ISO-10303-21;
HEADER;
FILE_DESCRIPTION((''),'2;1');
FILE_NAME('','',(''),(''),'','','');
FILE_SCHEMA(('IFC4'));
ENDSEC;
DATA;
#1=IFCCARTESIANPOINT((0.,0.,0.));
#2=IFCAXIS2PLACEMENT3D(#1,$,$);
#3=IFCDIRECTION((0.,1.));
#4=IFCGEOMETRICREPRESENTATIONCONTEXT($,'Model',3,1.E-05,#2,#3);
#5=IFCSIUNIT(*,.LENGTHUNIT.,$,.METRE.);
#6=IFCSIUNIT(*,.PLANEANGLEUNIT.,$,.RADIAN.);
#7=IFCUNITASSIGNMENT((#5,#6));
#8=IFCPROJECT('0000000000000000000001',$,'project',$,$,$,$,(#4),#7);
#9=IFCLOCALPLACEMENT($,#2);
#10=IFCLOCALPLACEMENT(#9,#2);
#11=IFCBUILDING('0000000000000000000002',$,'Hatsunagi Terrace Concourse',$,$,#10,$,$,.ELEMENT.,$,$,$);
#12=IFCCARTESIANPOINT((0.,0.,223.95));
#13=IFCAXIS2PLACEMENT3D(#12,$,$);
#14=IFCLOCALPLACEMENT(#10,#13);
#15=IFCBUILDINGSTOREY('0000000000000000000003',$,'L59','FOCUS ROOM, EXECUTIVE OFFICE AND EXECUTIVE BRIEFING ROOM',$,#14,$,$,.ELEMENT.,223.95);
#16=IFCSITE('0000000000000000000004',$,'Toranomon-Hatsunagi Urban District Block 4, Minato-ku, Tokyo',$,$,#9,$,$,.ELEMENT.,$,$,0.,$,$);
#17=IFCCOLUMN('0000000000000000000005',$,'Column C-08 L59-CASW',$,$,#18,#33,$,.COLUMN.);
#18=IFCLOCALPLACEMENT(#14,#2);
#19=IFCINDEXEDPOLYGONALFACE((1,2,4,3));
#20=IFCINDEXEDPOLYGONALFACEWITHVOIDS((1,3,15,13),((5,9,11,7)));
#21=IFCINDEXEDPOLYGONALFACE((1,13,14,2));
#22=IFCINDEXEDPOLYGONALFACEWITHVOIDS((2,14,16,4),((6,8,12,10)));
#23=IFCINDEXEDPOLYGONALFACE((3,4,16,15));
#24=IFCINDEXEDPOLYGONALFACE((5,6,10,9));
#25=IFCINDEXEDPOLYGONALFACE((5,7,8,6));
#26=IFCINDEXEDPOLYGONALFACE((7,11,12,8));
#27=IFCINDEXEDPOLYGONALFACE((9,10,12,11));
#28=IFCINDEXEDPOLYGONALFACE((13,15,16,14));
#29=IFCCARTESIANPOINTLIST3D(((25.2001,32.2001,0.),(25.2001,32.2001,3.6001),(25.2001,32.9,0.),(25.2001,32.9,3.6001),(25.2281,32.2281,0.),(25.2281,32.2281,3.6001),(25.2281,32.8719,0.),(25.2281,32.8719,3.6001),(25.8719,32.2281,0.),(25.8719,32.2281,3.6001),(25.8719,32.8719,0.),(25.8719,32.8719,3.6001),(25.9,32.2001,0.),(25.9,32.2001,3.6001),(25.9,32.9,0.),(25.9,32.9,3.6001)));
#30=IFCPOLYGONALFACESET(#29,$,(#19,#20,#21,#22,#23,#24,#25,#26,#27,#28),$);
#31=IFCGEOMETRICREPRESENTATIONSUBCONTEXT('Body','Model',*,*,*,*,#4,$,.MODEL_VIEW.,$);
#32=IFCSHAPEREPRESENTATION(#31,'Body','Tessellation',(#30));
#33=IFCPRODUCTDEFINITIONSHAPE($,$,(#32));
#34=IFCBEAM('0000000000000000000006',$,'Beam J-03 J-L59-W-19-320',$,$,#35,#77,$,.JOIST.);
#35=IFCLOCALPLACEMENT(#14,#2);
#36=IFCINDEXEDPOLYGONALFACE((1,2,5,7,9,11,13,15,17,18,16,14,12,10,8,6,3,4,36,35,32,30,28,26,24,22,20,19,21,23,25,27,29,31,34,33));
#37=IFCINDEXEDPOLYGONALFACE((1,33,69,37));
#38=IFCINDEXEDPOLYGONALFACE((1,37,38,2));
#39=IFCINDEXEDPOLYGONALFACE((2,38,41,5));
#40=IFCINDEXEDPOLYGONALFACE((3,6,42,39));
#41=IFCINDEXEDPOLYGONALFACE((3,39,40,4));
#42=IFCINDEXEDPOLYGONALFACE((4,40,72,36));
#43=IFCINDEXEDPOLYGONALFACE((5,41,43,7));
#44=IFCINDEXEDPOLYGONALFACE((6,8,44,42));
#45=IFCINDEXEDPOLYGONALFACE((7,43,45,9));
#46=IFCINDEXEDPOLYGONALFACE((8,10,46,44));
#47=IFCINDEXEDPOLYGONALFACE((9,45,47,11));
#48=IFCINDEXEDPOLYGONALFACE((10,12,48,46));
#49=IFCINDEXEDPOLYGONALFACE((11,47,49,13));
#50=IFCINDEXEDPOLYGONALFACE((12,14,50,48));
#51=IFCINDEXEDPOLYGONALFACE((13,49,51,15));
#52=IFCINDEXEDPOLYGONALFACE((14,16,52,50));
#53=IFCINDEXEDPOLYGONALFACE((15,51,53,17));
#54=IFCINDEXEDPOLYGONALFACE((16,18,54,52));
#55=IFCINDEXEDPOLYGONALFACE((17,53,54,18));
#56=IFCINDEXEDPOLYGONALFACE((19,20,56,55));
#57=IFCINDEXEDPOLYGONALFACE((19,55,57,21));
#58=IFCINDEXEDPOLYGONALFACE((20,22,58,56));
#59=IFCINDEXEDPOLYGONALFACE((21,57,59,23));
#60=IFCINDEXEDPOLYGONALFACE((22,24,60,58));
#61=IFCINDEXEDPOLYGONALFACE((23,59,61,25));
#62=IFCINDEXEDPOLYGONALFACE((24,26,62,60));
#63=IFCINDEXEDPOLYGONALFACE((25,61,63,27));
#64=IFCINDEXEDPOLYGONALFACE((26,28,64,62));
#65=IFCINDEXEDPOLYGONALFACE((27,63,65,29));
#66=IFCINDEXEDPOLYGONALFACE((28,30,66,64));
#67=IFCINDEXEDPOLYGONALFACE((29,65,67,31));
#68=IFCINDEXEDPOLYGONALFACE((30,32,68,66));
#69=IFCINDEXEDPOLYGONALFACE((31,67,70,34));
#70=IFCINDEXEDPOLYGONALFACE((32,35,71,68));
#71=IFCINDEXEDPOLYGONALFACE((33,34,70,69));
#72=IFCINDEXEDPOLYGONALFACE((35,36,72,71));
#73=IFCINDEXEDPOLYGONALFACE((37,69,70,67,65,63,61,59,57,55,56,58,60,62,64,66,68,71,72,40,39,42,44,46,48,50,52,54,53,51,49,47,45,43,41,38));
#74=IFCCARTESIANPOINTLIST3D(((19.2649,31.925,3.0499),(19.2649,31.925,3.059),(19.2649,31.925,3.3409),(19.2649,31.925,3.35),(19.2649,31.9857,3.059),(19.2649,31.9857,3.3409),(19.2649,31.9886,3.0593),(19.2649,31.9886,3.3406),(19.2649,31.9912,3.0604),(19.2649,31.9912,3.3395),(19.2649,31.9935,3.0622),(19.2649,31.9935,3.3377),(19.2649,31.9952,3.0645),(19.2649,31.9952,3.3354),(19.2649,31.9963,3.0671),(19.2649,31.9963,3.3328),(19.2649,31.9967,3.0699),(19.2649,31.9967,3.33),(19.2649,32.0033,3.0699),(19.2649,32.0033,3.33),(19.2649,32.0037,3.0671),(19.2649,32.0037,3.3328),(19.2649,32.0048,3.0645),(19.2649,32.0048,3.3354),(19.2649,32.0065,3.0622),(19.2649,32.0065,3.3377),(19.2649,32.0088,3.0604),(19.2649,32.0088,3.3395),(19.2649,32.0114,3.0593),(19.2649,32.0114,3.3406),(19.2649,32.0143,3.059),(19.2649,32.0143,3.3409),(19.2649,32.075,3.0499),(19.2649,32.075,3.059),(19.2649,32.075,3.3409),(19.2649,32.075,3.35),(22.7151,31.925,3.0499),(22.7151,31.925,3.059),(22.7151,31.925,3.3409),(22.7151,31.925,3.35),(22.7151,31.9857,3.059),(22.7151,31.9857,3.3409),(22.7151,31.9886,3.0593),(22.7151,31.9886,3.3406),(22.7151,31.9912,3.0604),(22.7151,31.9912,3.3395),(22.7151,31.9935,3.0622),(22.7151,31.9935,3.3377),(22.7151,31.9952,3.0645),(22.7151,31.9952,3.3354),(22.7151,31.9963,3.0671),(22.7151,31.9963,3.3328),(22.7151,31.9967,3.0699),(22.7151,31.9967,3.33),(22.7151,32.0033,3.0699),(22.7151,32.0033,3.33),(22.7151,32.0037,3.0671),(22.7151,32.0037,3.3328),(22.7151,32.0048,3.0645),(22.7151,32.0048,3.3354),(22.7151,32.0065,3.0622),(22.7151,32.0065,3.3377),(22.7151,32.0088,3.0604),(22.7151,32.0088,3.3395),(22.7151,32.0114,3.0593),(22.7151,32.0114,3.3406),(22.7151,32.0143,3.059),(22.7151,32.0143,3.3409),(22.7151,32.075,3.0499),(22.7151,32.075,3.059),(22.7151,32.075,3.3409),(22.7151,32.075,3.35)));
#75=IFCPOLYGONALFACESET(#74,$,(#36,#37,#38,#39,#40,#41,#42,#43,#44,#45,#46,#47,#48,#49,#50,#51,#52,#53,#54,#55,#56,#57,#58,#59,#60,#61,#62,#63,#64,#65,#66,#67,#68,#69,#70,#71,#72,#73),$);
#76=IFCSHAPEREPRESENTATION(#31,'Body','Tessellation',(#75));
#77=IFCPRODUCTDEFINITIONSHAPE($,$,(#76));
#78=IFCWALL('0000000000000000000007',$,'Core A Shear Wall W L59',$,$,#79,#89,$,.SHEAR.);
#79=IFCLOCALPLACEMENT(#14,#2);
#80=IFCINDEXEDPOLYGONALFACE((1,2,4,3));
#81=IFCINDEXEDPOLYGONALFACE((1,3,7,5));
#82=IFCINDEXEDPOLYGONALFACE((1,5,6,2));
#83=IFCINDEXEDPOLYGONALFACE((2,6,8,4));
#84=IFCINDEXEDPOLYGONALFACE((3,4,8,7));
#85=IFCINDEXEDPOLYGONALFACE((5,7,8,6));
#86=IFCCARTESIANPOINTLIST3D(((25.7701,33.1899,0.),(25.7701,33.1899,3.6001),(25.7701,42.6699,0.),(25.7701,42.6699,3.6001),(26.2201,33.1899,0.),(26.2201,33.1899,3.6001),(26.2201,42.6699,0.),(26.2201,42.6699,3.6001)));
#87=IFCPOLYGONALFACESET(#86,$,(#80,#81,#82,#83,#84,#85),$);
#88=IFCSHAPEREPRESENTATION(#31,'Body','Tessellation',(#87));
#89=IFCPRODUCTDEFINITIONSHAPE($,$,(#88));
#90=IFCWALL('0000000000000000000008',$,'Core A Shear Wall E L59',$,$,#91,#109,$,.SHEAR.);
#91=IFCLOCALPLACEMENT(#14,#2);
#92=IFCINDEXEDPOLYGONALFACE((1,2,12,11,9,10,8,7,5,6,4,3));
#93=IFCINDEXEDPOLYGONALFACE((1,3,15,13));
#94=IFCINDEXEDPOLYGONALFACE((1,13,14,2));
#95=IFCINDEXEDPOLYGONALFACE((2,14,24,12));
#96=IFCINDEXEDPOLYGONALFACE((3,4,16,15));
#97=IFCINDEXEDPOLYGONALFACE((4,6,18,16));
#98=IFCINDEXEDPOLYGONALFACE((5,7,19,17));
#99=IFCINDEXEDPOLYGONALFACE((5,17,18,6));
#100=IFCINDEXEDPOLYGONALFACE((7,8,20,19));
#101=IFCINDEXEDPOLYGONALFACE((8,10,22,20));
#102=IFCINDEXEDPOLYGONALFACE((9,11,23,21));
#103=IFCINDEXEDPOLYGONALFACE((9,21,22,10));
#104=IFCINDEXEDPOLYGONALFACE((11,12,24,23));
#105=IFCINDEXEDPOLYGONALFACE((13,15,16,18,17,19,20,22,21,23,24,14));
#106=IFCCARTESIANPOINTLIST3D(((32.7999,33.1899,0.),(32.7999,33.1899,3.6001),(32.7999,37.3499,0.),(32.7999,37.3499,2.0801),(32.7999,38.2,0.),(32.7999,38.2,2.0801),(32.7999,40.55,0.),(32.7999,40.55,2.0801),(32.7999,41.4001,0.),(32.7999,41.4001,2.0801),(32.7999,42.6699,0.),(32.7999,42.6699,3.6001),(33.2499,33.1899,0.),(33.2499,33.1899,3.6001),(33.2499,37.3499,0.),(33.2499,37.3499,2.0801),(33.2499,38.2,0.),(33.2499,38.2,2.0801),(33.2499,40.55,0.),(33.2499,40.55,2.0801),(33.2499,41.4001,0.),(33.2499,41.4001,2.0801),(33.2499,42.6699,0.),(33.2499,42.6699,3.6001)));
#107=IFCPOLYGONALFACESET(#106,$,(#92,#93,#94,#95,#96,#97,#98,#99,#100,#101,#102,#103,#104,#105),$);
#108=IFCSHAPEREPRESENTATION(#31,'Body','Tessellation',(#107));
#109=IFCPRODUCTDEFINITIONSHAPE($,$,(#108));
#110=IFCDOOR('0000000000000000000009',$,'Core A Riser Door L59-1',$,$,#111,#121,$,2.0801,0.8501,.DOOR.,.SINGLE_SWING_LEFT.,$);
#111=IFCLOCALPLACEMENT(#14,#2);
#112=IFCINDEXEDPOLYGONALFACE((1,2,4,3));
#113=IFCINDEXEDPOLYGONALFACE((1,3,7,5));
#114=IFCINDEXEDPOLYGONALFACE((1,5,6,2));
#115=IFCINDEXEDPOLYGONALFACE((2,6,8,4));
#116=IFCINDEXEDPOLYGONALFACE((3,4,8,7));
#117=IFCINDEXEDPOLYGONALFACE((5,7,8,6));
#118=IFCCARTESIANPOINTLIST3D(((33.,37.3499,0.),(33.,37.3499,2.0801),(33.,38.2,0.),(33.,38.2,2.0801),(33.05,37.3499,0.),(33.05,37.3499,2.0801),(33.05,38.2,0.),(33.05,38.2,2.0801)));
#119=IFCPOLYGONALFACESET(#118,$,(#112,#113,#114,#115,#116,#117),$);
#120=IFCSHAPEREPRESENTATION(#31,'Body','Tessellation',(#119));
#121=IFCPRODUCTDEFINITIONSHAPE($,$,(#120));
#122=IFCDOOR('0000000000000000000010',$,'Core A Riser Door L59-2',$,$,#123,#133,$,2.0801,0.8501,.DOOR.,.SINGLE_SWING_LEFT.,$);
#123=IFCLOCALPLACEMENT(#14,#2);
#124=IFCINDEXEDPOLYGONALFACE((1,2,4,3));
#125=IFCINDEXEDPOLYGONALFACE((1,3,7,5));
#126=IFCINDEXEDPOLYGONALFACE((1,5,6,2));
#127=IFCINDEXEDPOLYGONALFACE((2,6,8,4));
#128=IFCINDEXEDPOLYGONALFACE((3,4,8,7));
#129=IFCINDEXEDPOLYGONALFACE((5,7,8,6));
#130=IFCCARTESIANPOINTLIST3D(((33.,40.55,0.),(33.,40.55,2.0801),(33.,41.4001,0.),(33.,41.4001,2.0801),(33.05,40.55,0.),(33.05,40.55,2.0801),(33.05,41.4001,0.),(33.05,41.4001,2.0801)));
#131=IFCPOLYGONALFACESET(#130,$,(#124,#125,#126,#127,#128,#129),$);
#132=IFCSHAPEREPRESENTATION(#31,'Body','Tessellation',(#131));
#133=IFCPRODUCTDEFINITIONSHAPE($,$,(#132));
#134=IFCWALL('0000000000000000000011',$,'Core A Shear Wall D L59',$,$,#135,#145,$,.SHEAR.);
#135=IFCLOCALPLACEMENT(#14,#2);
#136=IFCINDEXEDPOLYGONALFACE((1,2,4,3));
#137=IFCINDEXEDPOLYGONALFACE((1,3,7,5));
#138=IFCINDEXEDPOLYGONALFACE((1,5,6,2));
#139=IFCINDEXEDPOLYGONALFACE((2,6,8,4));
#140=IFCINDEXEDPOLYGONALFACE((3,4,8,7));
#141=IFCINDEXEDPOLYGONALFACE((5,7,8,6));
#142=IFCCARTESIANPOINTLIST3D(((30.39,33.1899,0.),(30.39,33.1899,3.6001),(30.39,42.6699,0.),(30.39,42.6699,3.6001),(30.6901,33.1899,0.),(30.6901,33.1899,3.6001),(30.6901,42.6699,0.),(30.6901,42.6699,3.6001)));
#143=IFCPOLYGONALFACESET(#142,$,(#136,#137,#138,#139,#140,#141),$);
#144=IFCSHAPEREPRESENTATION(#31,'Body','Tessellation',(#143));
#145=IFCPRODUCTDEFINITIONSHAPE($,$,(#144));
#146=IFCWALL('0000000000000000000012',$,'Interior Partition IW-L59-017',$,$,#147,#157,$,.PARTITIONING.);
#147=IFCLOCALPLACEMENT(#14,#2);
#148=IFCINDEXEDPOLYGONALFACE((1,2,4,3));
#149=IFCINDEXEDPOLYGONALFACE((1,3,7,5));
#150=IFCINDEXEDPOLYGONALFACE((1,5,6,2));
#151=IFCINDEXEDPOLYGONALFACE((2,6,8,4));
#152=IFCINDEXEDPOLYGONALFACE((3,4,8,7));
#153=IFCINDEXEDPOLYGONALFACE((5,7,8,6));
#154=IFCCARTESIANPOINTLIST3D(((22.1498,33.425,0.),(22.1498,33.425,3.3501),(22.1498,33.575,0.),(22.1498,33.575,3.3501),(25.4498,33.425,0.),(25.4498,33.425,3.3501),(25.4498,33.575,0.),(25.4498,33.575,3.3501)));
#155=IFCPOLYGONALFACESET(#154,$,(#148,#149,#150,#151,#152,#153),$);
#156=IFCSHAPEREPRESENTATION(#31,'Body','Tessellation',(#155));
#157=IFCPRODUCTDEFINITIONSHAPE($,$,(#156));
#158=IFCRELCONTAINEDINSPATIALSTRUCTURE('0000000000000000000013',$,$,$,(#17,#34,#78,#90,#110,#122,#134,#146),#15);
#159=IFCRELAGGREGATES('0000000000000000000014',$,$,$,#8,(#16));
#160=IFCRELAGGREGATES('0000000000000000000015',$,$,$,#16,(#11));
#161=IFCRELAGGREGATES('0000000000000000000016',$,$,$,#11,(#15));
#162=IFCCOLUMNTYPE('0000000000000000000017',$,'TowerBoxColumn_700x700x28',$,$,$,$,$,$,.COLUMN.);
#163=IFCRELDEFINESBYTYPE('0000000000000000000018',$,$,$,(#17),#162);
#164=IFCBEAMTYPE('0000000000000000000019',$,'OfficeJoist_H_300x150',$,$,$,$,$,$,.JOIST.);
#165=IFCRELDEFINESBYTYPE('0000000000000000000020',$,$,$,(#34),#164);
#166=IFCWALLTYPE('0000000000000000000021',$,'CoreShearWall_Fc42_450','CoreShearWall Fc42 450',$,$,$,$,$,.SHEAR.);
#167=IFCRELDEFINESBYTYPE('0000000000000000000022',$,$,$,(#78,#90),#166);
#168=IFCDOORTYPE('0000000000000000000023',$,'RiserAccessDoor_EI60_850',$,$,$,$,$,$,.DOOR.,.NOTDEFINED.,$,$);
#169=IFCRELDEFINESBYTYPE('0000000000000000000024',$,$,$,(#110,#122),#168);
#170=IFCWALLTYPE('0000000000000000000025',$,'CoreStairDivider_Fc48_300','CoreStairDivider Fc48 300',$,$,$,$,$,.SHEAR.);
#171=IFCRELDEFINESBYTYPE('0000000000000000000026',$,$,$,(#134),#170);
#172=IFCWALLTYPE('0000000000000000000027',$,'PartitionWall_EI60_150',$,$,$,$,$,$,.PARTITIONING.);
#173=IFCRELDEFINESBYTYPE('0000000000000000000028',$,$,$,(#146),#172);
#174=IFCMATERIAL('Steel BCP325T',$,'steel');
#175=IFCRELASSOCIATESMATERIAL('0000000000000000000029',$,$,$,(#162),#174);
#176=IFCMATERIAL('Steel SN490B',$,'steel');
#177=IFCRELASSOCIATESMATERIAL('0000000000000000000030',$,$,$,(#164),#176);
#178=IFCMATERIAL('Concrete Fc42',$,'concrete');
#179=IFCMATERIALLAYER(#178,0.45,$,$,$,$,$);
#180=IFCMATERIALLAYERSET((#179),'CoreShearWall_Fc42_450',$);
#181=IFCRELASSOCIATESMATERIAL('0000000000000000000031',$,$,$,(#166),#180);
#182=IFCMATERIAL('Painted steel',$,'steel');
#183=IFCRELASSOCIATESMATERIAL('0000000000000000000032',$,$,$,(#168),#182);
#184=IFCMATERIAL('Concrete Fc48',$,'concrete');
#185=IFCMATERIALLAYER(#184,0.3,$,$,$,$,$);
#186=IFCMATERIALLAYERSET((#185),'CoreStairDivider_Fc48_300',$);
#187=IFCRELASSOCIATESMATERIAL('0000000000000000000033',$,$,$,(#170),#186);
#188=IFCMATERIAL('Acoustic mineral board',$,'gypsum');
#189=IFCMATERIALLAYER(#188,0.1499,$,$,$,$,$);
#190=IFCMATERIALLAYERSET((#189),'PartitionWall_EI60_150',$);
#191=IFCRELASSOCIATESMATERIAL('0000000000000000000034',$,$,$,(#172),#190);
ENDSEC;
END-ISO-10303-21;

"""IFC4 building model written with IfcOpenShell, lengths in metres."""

from ifc_helpers import new_model, si_unit, direction, frame, frame_2d, origin, origin_2d, place, context, subcontext, project, spatial, rectangle, hollow_rectangle, i_section, extrude, material, layer, layer_set, material_profile, profile_set, type_object, element, fill, save


model = new_model("IFC4")

# Units and contexts
model_context = context("Model", 3, precision=1e-05, world=origin(), true_north=direction((0.0, 1.0)))
body_context = subcontext(model_context, "Body", "Model", "MODEL_VIEW")
ifc_project = project(units=[si_unit("LENGTHUNIT", "METRE"), si_unit("PLANEANGLEUNIT", "RADIAN")], contexts=[model_context])

# Site, building, storey
site_placement = place(None, origin())
site = spatial("IfcSite", under=ifc_project, at=site_placement, Name="Toranomon-Hatsunagi Urban District Block 4, Minato-ku, Tokyo", CompositionType="ELEMENT", RefElevation=0.0)
building_placement = place(site_placement, origin())
building = spatial("IfcBuilding", under=site, at=building_placement, Name="Hatsunagi Terrace Concourse", CompositionType="ELEMENT")
storey_placement = place(building_placement, frame((0.0, 0.0, 223.95)))
storey = spatial("IfcBuildingStorey", under=building, at=storey_placement, Name="L59", Description="FOCUS ROOM, EXECUTIVE OFFICE AND EXECUTIVE BRIEFING ROOM", CompositionType="ELEMENT", Elevation=223.95)

# Column
ifc_material_1 = material(Name="Steel BCP325T", Category="steel")
ifc_material_profile_1 = material_profile(ifc_material_1, hollow_rectangle(XDim=0.7, YDim=0.7, WallThickness=0.0281, at=origin_2d()), Name="BCP-700x700x28")
ifc_profile_set_1 = profile_set([ifc_material_profile_1], Name="Steel BCP325T")
column_type = type_object("IfcColumnType", Name="TowerBoxColumn_700x700x28", PredefinedType="COLUMN", material=ifc_profile_set_1)
column_placement = place(storey_placement, frame((25.55, 32.55, 0.0), z_axis=(0.0, 0.0, 1.0), x_axis=(1.0, 0.0, 0.0)))
element("IfcColumn", 1, at=column_placement, inside=storey, type_object=column_type, Name="Column C-08 L59-CASW", PredefinedType="COLUMN", context=body_context, shape_type="SweptSolid", body=[
    extrude(hollow_rectangle(XDim=0.7, YDim=0.7, WallThickness=0.0281, at=origin_2d()), origin(), (0.0, 0.0, 1.0), 3.6001),
])

# Beam
ifc_material_2 = material(Name="Steel SN490B", Category="steel")
ifc_material_profile_2 = material_profile(ifc_material_2, i_section(OverallWidth=0.1499, OverallDepth=0.3, WebThickness=0.0066, FlangeThickness=0.009, FilletRadius=0.011, at=origin_2d()), Name="H-300x150x6.5x9")
ifc_profile_set_2 = profile_set([ifc_material_profile_2], Name="Steel SN490B")
beam_type = type_object("IfcBeamType", Name="OfficeJoist_H_300x150", PredefinedType="JOIST", material=ifc_profile_set_2)
beam_placement = place(storey_placement, frame((19.2649, 32.0, 3.2), z_axis=(1.0, 0.0, 0.0), x_axis=(0.0, 1.0, 0.0)))
element("IfcBeam", 2, at=beam_placement, inside=storey, type_object=beam_type, Name="Beam J-03 J-L59-W-19-320", PredefinedType="JOIST", context=body_context, shape_type="SweptSolid", body=[
    extrude(i_section(OverallWidth=0.1499, OverallDepth=0.3, WebThickness=0.0066, FlangeThickness=0.009, FilletRadius=0.011, at=origin_2d()), origin(), (0.0, 0.0, 1.0), 3.4502),
])

# Shared definitions
ifc_material_3 = material(Name="Concrete Fc42", Category="concrete")
ifc_layer_1 = layer(ifc_material_3, 0.45)
ifc_layer_set_1 = layer_set([ifc_layer_1], Name="CoreShearWall_Fc42_450")
wall_type_1 = type_object("IfcWallType", Name="CoreShearWall_Fc42_450", Description="CoreShearWall Fc42 450", PredefinedType="SHEAR", material=ifc_layer_set_1)

# Wall
wall_1_placement = place(storey_placement, frame((25.9951, 33.1899, 0.0), z_axis=(0.0, 0.0, 1.0), x_axis=(0.0, 1.0, 0.0)))
element("IfcWall", 3, at=wall_1_placement, inside=storey, type_object=wall_type_1, Name="Core A Shear Wall W L59", PredefinedType="SHEAR", context=body_context, shape_type="SweptSolid", body=[
    extrude(rectangle(XDim=9.48, YDim=0.45, at=frame_2d((4.74, 0.0))), origin(), (0.0, 0.0, 1.0), 3.6001),
])

# Wall, openings, doors
wall_2_placement = place(storey_placement, frame((33.0249, 33.1899, 0.0), z_axis=(0.0, 0.0, 1.0), x_axis=(0.0, 1.0, 0.0)))
wall_2 = element("IfcWall", 4, at=wall_2_placement, inside=storey, type_object=wall_type_1, Name="Core A Shear Wall E L59", PredefinedType="SHEAR", context=body_context, shape_type="SweptSolid", body=[
    extrude(rectangle(XDim=9.48, YDim=0.45, at=frame_2d((4.74, 0.0))), origin(), (0.0, 0.0, 1.0), 3.6001),
])
opening_1_placement = place(wall_2_placement, frame((4.1599, 0.0, 0.0)))
opening_1 = element("IfcOpeningElement", 5, at=opening_1_placement, cuts=wall_2, PredefinedType="OPENING", context=body_context, shape_type="SweptSolid", body=[
    extrude(rectangle(XDim=0.8501, YDim=2.0801, at=frame_2d((0.425, 1.04))), frame((0.0, 0.2349, 0.0), z_axis=(0.0, -1.0, 0.0), x_axis=(1.0, 0.0, 0.0)), (0.0, 0.0, 1.0), 0.47),
])
opening_2_placement = place(wall_2_placement, frame((7.3601, 0.0, 0.0)))
opening_2 = element("IfcOpeningElement", 6, at=opening_2_placement, cuts=wall_2, PredefinedType="OPENING", context=body_context, shape_type="SweptSolid", body=[
    extrude(rectangle(XDim=0.8501, YDim=2.0801, at=frame_2d((0.425, 1.04))), frame((0.0, 0.2349, 0.0), z_axis=(0.0, -1.0, 0.0), x_axis=(1.0, 0.0, 0.0)), (0.0, 0.0, 1.0), 0.47),
])
ifc_material_4 = material(Name="Painted steel", Category="steel")
door_type_1 = type_object("IfcDoorType", Name="RiserAccessDoor_EI60_850", OperationType="NOTDEFINED", PredefinedType="DOOR", material=ifc_material_4)
door_1_placement = place(opening_1_placement, origin())
door_1 = element("IfcDoor", 7, at=door_1_placement, inside=storey, type_object=door_type_1, Name="Core A Riser Door L59-1", OperationType="SINGLE_SWING_LEFT", OverallHeight=2.0801, OverallWidth=0.8501, PredefinedType="DOOR", context=body_context, shape_type="SweptSolid", body=[
    extrude(rectangle(XDim=0.8501, YDim=2.0801, at=frame_2d((0.425, 1.04))), frame((0.0, 0.0249, 0.0), z_axis=(0.0, -1.0, 0.0), x_axis=(1.0, 0.0, 0.0)), (0.0, 0.0, 1.0), 0.05),
])
fill(opening_1, door_1)
door_2_placement = place(opening_2_placement, origin())
door_2 = element("IfcDoor", 8, at=door_2_placement, inside=storey, type_object=door_type_1, Name="Core A Riser Door L59-2", OperationType="SINGLE_SWING_LEFT", OverallHeight=2.0801, OverallWidth=0.8501, PredefinedType="DOOR", context=body_context, shape_type="SweptSolid", body=[
    extrude(rectangle(XDim=0.8501, YDim=2.0801, at=frame_2d((0.425, 1.04))), frame((0.0, 0.0249, 0.0), z_axis=(0.0, -1.0, 0.0), x_axis=(1.0, 0.0, 0.0)), (0.0, 0.0, 1.0), 0.05),
])
fill(opening_2, door_2)

# Walls
ifc_material_5 = material(Name="Concrete Fc48", Category="concrete")
ifc_layer_2 = layer(ifc_material_5, 0.3)
ifc_layer_set_2 = layer_set([ifc_layer_2], Name="CoreStairDivider_Fc48_300")
wall_type_2 = type_object("IfcWallType", Name="CoreStairDivider_Fc48_300", Description="CoreStairDivider Fc48 300", PredefinedType="SHEAR", material=ifc_layer_set_2)
wall_3_placement = place(storey_placement, frame((30.54, 33.1899, 0.0), z_axis=(0.0, 0.0, 1.0), x_axis=(0.0, 1.0, 0.0)))
element("IfcWall", 9, at=wall_3_placement, inside=storey, type_object=wall_type_2, Name="Core A Shear Wall D L59", PredefinedType="SHEAR", context=body_context, shape_type="SweptSolid", body=[
    extrude(rectangle(XDim=9.48, YDim=0.3, at=frame_2d((4.74, 0.0))), origin(), (0.0, 0.0, 1.0), 3.6001),
])
ifc_material_6 = material(Name="Acoustic mineral board", Category="gypsum")
ifc_layer_3 = layer(ifc_material_6, 0.1499)
ifc_layer_set_3 = layer_set([ifc_layer_3], Name="PartitionWall_EI60_150")
wall_type_3 = type_object("IfcWallType", Name="PartitionWall_EI60_150", PredefinedType="PARTITIONING", material=ifc_layer_set_3)
wall_4_placement = place(storey_placement, frame((22.1499, 33.5, 0.0), z_axis=(0.0, 0.0, 1.0), x_axis=(1.0, 0.0, 0.0)))
element("IfcWall", 10, at=wall_4_placement, inside=storey, type_object=wall_type_3, Name="Interior Partition IW-L59-017", PredefinedType="PARTITIONING", context=body_context, shape_type="SweptSolid", body=[
    extrude(rectangle(XDim=3.3, YDim=0.1499, at=frame_2d((1.6499, 0.0))), origin(), (0.0, 0.0, 1.0), 3.3501),
])

save(model, "model.ifc")
